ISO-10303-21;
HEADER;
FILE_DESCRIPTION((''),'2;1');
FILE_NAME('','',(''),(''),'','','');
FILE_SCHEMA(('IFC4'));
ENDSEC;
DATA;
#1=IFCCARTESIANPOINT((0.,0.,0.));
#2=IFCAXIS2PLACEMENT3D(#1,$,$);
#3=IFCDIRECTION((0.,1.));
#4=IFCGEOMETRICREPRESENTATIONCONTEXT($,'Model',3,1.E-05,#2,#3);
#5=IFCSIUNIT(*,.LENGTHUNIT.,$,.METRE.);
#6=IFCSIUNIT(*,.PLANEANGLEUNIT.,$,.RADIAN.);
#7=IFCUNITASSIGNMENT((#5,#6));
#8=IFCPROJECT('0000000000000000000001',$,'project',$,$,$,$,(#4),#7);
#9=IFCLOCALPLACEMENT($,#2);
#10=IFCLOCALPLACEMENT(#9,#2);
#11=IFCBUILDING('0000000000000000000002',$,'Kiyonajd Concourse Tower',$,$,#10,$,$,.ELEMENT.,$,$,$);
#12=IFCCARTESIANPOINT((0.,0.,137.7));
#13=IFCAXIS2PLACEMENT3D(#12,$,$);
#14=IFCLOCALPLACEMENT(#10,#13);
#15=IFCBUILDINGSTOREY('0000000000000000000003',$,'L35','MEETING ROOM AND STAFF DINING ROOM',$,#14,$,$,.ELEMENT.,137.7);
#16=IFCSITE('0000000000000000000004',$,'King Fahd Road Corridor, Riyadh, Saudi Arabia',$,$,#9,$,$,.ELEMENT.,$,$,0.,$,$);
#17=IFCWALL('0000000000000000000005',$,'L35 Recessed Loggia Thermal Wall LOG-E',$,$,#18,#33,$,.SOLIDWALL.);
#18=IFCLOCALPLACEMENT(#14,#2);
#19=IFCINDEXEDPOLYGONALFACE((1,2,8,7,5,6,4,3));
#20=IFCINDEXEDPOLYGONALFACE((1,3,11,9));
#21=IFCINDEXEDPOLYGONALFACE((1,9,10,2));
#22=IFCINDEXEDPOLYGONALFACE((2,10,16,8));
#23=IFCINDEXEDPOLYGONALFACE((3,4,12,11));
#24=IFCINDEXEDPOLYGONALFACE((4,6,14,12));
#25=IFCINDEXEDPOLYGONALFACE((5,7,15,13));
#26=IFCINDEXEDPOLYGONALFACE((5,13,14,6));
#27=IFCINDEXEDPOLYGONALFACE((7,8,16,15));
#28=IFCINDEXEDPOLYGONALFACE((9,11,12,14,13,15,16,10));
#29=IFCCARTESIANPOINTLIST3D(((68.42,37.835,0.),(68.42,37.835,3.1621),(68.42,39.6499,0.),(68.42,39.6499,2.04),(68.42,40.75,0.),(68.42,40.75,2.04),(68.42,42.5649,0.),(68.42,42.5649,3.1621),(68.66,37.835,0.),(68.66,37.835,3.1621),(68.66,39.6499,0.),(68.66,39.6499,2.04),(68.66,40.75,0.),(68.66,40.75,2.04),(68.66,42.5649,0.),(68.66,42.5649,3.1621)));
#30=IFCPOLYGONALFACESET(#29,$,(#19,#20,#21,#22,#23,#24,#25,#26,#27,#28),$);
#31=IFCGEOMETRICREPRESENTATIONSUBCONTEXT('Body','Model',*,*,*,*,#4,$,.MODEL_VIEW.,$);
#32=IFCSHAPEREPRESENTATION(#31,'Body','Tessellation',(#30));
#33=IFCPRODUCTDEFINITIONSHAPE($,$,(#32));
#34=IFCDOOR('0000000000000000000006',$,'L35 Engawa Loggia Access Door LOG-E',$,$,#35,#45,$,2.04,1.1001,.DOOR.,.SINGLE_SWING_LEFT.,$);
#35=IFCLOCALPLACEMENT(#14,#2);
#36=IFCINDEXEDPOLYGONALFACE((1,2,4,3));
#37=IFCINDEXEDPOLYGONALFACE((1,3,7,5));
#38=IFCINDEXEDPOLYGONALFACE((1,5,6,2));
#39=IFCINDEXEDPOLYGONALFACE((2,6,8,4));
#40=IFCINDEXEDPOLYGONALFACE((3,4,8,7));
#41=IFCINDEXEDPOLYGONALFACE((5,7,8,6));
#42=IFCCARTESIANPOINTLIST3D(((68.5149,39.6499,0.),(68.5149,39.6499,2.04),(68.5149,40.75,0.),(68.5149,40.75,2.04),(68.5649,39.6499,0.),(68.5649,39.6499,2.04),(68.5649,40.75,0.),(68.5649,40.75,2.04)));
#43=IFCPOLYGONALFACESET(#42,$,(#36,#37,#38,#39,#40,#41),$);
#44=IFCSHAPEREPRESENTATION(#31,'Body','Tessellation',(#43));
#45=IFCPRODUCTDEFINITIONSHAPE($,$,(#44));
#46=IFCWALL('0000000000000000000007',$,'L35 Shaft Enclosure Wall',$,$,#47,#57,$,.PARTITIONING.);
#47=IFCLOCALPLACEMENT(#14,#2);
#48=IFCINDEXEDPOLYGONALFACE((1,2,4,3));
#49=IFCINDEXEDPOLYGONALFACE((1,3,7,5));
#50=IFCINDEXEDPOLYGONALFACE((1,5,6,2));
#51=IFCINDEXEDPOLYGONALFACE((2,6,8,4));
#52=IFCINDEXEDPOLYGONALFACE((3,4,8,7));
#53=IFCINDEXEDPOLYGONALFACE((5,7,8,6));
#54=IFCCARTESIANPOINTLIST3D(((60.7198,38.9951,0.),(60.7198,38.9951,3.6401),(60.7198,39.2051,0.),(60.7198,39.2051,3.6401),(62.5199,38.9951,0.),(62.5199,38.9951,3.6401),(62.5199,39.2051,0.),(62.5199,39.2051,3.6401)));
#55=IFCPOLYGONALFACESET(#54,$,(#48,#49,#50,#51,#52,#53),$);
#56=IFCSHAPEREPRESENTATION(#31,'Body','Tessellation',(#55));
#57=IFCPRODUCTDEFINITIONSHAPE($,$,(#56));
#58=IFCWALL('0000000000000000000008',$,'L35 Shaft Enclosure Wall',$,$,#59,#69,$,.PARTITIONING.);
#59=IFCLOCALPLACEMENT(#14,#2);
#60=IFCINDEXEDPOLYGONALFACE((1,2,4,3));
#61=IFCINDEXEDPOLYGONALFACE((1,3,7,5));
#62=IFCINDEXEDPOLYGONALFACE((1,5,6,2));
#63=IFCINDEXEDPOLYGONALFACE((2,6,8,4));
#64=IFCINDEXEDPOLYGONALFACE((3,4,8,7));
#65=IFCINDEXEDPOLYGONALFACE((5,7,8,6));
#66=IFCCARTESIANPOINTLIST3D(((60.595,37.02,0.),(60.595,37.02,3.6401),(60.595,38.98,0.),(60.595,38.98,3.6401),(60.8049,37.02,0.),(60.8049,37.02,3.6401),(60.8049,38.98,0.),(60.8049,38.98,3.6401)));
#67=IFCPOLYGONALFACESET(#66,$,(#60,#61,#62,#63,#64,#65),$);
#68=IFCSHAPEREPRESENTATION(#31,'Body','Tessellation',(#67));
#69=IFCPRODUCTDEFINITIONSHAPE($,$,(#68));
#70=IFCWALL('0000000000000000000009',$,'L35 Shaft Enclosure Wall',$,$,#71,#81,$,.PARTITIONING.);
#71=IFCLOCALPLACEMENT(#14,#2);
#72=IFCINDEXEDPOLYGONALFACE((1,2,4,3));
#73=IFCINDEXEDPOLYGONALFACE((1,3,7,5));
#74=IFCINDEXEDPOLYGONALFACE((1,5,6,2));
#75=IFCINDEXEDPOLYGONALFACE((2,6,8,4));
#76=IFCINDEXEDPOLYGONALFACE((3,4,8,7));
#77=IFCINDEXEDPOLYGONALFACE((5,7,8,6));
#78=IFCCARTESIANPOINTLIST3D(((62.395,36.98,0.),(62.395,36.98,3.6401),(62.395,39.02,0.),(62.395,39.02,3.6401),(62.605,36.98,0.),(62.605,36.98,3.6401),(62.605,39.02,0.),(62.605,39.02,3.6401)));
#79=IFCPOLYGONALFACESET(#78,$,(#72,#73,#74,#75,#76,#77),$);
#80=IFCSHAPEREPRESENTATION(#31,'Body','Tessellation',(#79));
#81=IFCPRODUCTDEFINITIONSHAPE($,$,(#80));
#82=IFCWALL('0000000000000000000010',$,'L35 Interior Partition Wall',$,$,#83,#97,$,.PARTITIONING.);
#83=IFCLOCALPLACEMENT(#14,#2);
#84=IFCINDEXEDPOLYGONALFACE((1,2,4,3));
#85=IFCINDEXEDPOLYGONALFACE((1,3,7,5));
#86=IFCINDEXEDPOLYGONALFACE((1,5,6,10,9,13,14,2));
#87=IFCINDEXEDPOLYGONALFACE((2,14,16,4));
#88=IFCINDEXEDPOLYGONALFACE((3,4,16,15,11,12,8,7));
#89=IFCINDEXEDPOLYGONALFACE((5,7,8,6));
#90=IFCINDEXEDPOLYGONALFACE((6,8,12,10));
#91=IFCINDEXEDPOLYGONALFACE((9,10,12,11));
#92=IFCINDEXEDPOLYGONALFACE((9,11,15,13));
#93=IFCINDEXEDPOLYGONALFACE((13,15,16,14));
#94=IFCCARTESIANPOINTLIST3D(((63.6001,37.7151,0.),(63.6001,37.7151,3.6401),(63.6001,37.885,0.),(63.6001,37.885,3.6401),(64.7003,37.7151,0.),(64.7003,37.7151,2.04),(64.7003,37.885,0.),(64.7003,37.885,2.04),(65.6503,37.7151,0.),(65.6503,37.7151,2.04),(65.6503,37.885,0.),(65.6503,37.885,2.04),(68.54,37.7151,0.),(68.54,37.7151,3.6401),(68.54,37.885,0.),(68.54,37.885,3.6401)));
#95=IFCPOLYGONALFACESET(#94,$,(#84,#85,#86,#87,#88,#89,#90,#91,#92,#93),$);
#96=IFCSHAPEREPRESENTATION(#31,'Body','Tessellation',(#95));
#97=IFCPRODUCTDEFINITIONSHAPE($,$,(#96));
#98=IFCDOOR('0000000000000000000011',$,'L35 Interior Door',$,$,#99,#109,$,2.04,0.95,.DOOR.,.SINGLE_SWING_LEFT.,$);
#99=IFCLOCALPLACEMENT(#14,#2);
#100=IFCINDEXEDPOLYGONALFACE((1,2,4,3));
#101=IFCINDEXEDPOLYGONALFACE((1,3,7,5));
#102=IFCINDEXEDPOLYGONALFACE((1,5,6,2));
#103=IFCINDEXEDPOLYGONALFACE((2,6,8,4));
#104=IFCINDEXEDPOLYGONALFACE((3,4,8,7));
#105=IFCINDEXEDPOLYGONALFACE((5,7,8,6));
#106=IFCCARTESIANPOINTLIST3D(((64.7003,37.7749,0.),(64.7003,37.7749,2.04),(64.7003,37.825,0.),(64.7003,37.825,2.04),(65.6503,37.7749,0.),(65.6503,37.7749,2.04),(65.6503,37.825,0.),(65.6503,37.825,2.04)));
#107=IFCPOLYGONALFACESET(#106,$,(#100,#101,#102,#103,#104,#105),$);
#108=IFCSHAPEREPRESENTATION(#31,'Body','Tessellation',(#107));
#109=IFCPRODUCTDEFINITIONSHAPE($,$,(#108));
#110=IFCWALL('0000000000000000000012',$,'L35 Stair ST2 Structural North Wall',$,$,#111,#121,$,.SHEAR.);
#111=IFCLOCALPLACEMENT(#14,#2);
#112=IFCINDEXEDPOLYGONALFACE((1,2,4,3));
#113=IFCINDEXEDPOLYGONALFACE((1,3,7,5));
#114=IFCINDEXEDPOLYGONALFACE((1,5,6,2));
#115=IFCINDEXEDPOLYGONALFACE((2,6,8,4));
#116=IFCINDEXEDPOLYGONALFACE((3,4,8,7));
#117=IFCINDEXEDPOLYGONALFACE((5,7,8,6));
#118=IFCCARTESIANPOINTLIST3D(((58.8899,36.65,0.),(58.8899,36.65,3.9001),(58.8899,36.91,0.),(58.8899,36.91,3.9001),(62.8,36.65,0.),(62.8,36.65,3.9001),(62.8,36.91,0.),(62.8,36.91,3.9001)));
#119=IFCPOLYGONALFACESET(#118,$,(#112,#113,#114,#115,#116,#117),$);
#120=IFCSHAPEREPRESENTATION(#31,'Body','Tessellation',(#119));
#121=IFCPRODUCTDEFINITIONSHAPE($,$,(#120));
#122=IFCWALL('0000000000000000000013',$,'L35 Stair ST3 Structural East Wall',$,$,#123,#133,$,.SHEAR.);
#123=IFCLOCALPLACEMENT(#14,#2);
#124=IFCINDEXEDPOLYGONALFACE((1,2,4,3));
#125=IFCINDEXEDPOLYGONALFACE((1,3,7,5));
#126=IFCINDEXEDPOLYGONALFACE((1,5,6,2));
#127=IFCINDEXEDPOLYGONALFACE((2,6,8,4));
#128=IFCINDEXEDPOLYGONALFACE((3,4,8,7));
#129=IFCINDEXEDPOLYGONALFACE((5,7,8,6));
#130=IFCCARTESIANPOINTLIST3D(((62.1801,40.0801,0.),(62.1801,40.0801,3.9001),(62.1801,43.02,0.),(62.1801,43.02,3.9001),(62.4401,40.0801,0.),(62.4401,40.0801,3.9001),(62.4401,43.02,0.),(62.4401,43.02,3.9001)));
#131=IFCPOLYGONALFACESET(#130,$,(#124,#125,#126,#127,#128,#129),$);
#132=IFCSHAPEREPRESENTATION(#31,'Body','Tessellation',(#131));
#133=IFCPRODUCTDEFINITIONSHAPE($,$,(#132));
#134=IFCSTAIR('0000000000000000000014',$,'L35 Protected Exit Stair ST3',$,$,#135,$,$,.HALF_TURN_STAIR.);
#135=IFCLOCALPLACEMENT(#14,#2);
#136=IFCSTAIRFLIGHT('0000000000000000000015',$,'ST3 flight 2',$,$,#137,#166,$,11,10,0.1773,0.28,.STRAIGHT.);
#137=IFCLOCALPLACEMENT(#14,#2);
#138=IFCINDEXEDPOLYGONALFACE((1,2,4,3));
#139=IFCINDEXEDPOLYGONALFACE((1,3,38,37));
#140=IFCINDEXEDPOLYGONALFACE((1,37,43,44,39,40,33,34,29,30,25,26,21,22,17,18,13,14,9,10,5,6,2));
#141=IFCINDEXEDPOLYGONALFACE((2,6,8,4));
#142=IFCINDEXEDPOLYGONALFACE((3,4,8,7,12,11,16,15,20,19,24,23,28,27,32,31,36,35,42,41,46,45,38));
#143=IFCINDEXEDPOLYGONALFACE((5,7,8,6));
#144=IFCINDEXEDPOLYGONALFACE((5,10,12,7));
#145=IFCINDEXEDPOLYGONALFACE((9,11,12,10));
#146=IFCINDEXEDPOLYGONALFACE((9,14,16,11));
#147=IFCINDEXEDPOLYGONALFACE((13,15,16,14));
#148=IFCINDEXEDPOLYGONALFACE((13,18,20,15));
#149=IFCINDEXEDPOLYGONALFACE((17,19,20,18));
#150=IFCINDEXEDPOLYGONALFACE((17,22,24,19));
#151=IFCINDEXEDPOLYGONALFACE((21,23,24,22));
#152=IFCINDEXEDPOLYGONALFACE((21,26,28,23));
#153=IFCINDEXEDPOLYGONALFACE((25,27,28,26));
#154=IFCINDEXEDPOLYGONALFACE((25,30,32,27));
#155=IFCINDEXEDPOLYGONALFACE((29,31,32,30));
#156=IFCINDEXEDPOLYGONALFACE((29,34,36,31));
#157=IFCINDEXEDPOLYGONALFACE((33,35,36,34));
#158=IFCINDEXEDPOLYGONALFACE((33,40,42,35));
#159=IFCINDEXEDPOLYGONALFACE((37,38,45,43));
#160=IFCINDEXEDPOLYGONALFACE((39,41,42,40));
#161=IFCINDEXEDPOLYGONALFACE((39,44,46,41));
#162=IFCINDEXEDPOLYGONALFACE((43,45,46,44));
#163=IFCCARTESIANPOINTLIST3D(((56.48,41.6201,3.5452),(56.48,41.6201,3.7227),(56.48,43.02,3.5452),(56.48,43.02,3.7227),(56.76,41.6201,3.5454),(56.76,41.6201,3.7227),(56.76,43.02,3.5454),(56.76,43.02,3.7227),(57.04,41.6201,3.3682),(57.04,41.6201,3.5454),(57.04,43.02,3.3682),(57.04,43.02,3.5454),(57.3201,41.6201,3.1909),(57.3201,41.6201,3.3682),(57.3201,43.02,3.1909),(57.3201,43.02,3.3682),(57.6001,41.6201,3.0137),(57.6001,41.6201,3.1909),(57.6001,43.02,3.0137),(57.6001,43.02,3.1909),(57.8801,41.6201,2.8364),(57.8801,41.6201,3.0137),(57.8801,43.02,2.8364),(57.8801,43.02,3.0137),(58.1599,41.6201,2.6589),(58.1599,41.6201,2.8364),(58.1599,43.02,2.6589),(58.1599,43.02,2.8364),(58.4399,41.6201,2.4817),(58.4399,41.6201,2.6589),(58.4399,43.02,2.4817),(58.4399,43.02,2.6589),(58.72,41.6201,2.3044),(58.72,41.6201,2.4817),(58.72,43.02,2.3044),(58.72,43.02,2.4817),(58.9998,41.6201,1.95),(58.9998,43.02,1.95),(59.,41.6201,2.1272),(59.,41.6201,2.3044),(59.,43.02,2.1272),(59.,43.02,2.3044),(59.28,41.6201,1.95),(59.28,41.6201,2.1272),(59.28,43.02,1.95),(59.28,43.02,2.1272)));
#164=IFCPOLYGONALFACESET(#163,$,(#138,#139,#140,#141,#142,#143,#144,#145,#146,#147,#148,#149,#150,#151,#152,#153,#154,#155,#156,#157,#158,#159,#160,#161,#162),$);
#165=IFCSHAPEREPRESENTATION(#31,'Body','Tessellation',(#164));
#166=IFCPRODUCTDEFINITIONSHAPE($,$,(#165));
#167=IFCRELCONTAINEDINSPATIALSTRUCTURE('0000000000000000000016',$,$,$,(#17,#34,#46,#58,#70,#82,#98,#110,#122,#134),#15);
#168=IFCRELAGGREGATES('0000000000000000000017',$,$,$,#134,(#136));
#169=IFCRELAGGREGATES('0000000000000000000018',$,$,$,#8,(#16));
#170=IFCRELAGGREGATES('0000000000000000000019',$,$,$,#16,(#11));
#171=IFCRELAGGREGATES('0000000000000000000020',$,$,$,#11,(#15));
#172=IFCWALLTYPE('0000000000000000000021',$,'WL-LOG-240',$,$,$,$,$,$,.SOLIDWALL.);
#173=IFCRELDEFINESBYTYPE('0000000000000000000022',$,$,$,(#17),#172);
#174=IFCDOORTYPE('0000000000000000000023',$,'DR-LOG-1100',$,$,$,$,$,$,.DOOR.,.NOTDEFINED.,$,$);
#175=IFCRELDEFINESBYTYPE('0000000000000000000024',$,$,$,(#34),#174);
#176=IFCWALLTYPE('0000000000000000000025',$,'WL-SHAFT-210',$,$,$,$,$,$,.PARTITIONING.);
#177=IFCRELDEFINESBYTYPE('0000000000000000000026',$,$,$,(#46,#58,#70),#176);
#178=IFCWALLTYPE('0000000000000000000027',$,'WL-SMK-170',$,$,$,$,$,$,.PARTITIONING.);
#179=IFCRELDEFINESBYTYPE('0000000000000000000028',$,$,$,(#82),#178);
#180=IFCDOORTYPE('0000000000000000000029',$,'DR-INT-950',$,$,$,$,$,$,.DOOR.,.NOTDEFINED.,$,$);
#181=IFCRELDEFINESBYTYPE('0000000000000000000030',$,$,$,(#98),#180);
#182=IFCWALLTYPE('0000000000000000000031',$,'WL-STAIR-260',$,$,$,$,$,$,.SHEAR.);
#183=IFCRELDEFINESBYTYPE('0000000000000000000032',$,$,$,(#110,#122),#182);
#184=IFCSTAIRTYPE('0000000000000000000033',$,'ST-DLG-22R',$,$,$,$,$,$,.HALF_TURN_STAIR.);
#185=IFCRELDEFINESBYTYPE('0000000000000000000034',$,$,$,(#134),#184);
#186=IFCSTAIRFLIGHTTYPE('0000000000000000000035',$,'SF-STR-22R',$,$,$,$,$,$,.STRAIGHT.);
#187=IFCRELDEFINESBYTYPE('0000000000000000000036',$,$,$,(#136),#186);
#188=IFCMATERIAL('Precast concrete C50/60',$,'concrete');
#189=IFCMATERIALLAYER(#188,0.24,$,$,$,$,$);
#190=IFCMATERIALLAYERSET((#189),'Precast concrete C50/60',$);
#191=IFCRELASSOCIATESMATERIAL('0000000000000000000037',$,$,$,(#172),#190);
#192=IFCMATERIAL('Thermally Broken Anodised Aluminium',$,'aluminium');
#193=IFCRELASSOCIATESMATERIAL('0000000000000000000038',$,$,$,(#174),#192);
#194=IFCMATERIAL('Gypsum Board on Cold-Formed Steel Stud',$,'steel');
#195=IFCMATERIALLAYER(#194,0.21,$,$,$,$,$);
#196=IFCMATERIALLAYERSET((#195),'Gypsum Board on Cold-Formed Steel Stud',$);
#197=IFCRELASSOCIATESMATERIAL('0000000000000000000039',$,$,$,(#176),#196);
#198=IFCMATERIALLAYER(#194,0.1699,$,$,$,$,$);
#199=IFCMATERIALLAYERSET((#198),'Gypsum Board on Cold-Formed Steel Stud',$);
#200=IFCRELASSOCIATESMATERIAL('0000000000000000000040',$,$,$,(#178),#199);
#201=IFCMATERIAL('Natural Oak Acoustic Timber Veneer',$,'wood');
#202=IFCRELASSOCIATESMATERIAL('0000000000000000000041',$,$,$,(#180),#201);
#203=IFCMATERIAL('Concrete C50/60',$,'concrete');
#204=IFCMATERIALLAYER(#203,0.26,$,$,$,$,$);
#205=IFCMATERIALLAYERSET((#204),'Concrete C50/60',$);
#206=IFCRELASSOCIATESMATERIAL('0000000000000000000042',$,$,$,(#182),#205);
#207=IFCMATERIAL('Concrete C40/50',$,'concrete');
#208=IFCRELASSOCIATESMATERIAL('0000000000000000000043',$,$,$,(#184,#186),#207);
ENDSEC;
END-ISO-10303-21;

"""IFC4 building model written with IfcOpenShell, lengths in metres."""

from ifc_helpers import new_model, si_unit, direction, frame, frame_2d, origin, place, context, subcontext, project, spatial, polyline, rectangle, outline, extrude, material, layer, layer_set, type_object, element, fill, aggregate, save


model = new_model("IFC4")

# Units and contexts
model_context = context("Model", 3, precision=1e-05, world=origin(), true_north=direction((0.0, 1.0)))
body_context = subcontext(model_context, "Body", "Model", "MODEL_VIEW")
ifc_project = project(units=[si_unit("LENGTHUNIT", "METRE"), si_unit("PLANEANGLEUNIT", "RADIAN")], contexts=[model_context])

# Site, building, storey
site_placement = place(None, origin())
site = spatial("IfcSite", under=ifc_project, at=site_placement, Name="King Fahd Road Corridor, Riyadh, Saudi Arabia", CompositionType="ELEMENT", RefElevation=0.0)
building_placement = place(site_placement, origin())
building = spatial("IfcBuilding", under=site, at=building_placement, Name="Kiyonajd Concourse Tower", CompositionType="ELEMENT")
storey_placement = place(building_placement, frame((0.0, 0.0, 137.7)))
storey = spatial("IfcBuildingStorey", under=building, at=storey_placement, Name="L35", Description="MEETING ROOM AND STAFF DINING ROOM", CompositionType="ELEMENT", Elevation=137.7)

# Shared definitions
ifc_material_1 = material(Name="Precast concrete C50/60", Category="concrete")

# Shared definitions
ifc_material_2 = material(Name="Thermally Broken Anodised Aluminium", Category="aluminium")

# Wall, opening, door
ifc_layer_1 = layer(ifc_material_1, 0.24)
ifc_layer_set_1 = layer_set([ifc_layer_1], Name="Precast concrete C50/60")
wall_type_1 = type_object("IfcWallType", Name="WL-LOG-240", PredefinedType="SOLIDWALL", material=ifc_layer_set_1)
wall_1_placement = place(storey_placement, frame((68.54, 42.5649, 0.0), z_axis=(0.0, 0.0, 1.0), x_axis=(0.0, -1.0, 0.0)))
wall_1 = element("IfcWall", 1, at=wall_1_placement, inside=storey, type_object=wall_type_1, Name="L35 Recessed Loggia Thermal Wall LOG-E", PredefinedType="SOLIDWALL", context=body_context, shape_type="SweptSolid", body=[
    extrude(rectangle(XDim=4.73, YDim=0.24, at=frame_2d((2.365, 0.0))), origin(), (0.0, 0.0, 1.0), 3.1621),
])
opening_1_placement = place(wall_1_placement, frame((1.8149, 0.0, 0.0)))
opening_1 = element("IfcOpeningElement", 2, at=opening_1_placement, cuts=wall_1, PredefinedType="OPENING", context=body_context, shape_type="SweptSolid", body=[
    extrude(rectangle(XDim=1.1001, YDim=2.04, at=frame_2d((0.55, 1.02))), frame((0.0, 0.1299, 0.0), z_axis=(0.0, -1.0, 0.0), x_axis=(1.0, 0.0, 0.0)), (0.0, 0.0, 1.0), 0.26),
])
door_type_1 = type_object("IfcDoorType", Name="DR-LOG-1100", OperationType="NOTDEFINED", PredefinedType="DOOR", material=ifc_material_2)
door_1_placement = place(opening_1_placement, origin())
door_1 = element("IfcDoor", 3, at=door_1_placement, inside=storey, type_object=door_type_1, Name="L35 Engawa Loggia Access Door LOG-E", OperationType="SINGLE_SWING_LEFT", OverallHeight=2.04, OverallWidth=1.1001, PredefinedType="DOOR", context=body_context, shape_type="SweptSolid", body=[
    extrude(rectangle(XDim=1.1001, YDim=2.04, at=frame_2d((0.55, 1.02))), frame((0.0, 0.0249, 0.0), z_axis=(0.0, -1.0, 0.0), x_axis=(1.0, 0.0, 0.0)), (0.0, 0.0, 1.0), 0.05),
])
fill(opening_1, door_1)

# Walls
ifc_material_3 = material(Name="Gypsum Board on Cold-Formed Steel Stud", Category="steel")
ifc_layer_2 = layer(ifc_material_3, 0.21)
ifc_layer_set_2 = layer_set([ifc_layer_2], Name="Gypsum Board on Cold-Formed Steel Stud")
wall_type_2 = type_object("IfcWallType", Name="WL-SHAFT-210", PredefinedType="PARTITIONING", material=ifc_layer_set_2)
wall_2_placement = place(storey_placement, frame((60.72, 39.1001, 0.0), z_axis=(0.0, 0.0, 1.0), x_axis=(1.0, 0.0, 0.0)))
element("IfcWall", 4, at=wall_2_placement, inside=storey, type_object=wall_type_2, Name="L35 Shaft Enclosure Wall", PredefinedType="PARTITIONING", context=body_context, shape_type="SweptSolid", body=[
    extrude(rectangle(XDim=1.8, YDim=0.21, at=frame_2d((0.8999, 0.0))), origin(), (0.0, 0.0, 1.0), 3.6401),
])
wall_3_placement = place(storey_placement, frame((60.7, 37.02, 0.0), z_axis=(0.0, 0.0, 1.0), x_axis=(0.0, 1.0, 0.0)))
element("IfcWall", 5, at=wall_3_placement, inside=storey, type_object=wall_type_2, Name="L35 Shaft Enclosure Wall", PredefinedType="PARTITIONING", context=body_context, shape_type="SweptSolid", body=[
    extrude(rectangle(XDim=1.96, YDim=0.21, at=frame_2d((0.98, 0.0))), origin(), (0.0, 0.0, 1.0), 3.6401),
])
wall_4_placement = place(storey_placement, frame((62.5, 36.98, 0.0), z_axis=(0.0, 0.0, 1.0), x_axis=(0.0, 1.0, 0.0)))
element("IfcWall", 6, at=wall_4_placement, inside=storey, type_object=wall_type_2, Name="L35 Shaft Enclosure Wall", PredefinedType="PARTITIONING", context=body_context, shape_type="SweptSolid", body=[
    extrude(rectangle(XDim=2.04, YDim=0.21, at=frame_2d((1.02, 0.0))), origin(), (0.0, 0.0, 1.0), 3.6401),
])

# Wall, opening, door
ifc_layer_3 = layer(ifc_material_3, 0.1699)
ifc_layer_set_3 = layer_set([ifc_layer_3], Name="Gypsum Board on Cold-Formed Steel Stud")
wall_type_3 = type_object("IfcWallType", Name="WL-SMK-170", PredefinedType="PARTITIONING", material=ifc_layer_set_3)
wall_5_placement = place(storey_placement, frame((63.6001, 37.8, 0.0), z_axis=(0.0, 0.0, 1.0), x_axis=(1.0, 0.0, 0.0)))
wall_5 = element("IfcWall", 7, at=wall_5_placement, inside=storey, type_object=wall_type_3, Name="L35 Interior Partition Wall", PredefinedType="PARTITIONING", context=body_context, shape_type="SweptSolid", body=[
    extrude(rectangle(XDim=4.9399, YDim=0.1699, at=frame_2d((2.47, 0.0))), origin(), (0.0, 0.0, 1.0), 3.6401),
])
opening_2_placement = place(wall_5_placement, frame((1.1001, 0.0, 0.0)))
opening_2 = element("IfcOpeningElement", 8, at=opening_2_placement, cuts=wall_5, PredefinedType="OPENING", context=body_context, shape_type="SweptSolid", body=[
    extrude(rectangle(XDim=0.95, YDim=2.04, at=frame_2d((0.4751, 1.02))), frame((0.0, 0.095, 0.0), z_axis=(0.0, -1.0, 0.0), x_axis=(1.0, 0.0, 0.0)), (0.0, 0.0, 1.0), 0.1899),
])
ifc_material_4 = material(Name="Natural Oak Acoustic Timber Veneer", Category="wood")
door_type_2 = type_object("IfcDoorType", Name="DR-INT-950", OperationType="NOTDEFINED", PredefinedType="DOOR", material=ifc_material_4)
door_2_placement = place(opening_2_placement, origin())
door_2 = element("IfcDoor", 9, at=door_2_placement, inside=storey, type_object=door_type_2, Name="L35 Interior Door", OperationType="SINGLE_SWING_LEFT", OverallHeight=2.04, OverallWidth=0.95, PredefinedType="DOOR", context=body_context, shape_type="SweptSolid", body=[
    extrude(rectangle(XDim=0.95, YDim=2.04, at=frame_2d((0.4751, 1.02))), frame((0.0, 0.0249, 0.0), z_axis=(0.0, -1.0, 0.0), x_axis=(1.0, 0.0, 0.0)), (0.0, 0.0, 1.0), 0.05),
])
fill(opening_2, door_2)

# Walls
ifc_material_5 = material(Name="Concrete C50/60", Category="concrete")
ifc_layer_4 = layer(ifc_material_5, 0.26)
ifc_layer_set_4 = layer_set([ifc_layer_4], Name="Concrete C50/60")
wall_type_4 = type_object("IfcWallType", Name="WL-STAIR-260", PredefinedType="SHEAR", material=ifc_layer_set_4)
wall_6_placement = place(storey_placement, frame((58.8899, 36.78, 0.0), z_axis=(0.0, 0.0, 1.0), x_axis=(1.0, 0.0, 0.0)))
element("IfcWall", 10, at=wall_6_placement, inside=storey, type_object=wall_type_4, Name="L35 Stair ST2 Structural North Wall", PredefinedType="SHEAR", context=body_context, shape_type="SweptSolid", body=[
    extrude(rectangle(XDim=3.9102, YDim=0.26, at=frame_2d((1.9551, 0.0))), origin(), (0.0, 0.0, 1.0), 3.9001),
])
wall_7_placement = place(storey_placement, frame((62.3101, 40.0801, 0.0), z_axis=(0.0, 0.0, 1.0), x_axis=(0.0, 1.0, 0.0)))
element("IfcWall", 11, at=wall_7_placement, inside=storey, type_object=wall_type_4, Name="L35 Stair ST3 Structural East Wall", PredefinedType="SHEAR", context=body_context, shape_type="SweptSolid", body=[
    extrude(rectangle(XDim=2.9399, YDim=0.26, at=frame_2d((1.47, 0.0))), origin(), (0.0, 0.0, 1.0), 3.9001),
])

# Stair, stair flight
ifc_material_6 = material(Name="Concrete C40/50", Category="concrete")
stair_type = type_object("IfcStairType", Name="ST-DLG-22R", PredefinedType="HALF_TURN_STAIR", material=ifc_material_6)
stair_placement = place(storey_placement, origin())
stair = element("IfcStair", 12, at=stair_placement, inside=storey, type_object=stair_type, Name="L35 Protected Exit Stair ST3", PredefinedType="HALF_TURN_STAIR")
stair_flight_type = type_object("IfcStairFlightType", Name="SF-STR-22R", PredefinedType="STRAIGHT", material=ifc_material_6)
stair_flight_placement = place(storey_placement, frame((59.28, 42.3201, 1.95), z_axis=(0.0, 0.0, 1.0), x_axis=(-1.0, 0.0, 0.0)))
stair_flight = element("IfcStairFlight", 13, at=stair_flight_placement, type_object=stair_flight_type, Name="ST3 flight 2", NumberOfRisers=11, NumberOfTreads=10, PredefinedType="STRAIGHT", RiserHeight=0.1773, TreadLength=0.28, context=body_context, shape_type="SweptSolid", body=[
    extrude(outline(polyline([(0.0, 0.0), (0.0, 0.1772), (0.28, 0.1772), (0.28, 0.3545), (0.5601, 0.3545), (0.5601, 0.5317), (0.8401, 0.5317), (0.8401, 0.709), (1.1201, 0.709), (1.1201, 0.8865), (1.3999, 0.8865), (1.3999, 1.0637), (1.6799, 1.0637), (1.6799, 1.241), (1.96, 1.241), (1.96, 1.4182), (2.24, 1.4182), (2.24, 1.5955), (2.52, 1.5955), (2.52, 1.7727), (2.8, 1.7727), (2.8, 1.95), (2.8, 1.5952), (0.2803, 0.0), (0.0, 0.0)])), frame((0.0, 0.7, 0.0), z_axis=(0.0, -1.0, 0.0), x_axis=(1.0, 0.0, 0.0)), (0.0, 0.0, 1.0), 1.3999),
])
aggregate(stair, [stair_flight])

save(model, "model.ifc")
